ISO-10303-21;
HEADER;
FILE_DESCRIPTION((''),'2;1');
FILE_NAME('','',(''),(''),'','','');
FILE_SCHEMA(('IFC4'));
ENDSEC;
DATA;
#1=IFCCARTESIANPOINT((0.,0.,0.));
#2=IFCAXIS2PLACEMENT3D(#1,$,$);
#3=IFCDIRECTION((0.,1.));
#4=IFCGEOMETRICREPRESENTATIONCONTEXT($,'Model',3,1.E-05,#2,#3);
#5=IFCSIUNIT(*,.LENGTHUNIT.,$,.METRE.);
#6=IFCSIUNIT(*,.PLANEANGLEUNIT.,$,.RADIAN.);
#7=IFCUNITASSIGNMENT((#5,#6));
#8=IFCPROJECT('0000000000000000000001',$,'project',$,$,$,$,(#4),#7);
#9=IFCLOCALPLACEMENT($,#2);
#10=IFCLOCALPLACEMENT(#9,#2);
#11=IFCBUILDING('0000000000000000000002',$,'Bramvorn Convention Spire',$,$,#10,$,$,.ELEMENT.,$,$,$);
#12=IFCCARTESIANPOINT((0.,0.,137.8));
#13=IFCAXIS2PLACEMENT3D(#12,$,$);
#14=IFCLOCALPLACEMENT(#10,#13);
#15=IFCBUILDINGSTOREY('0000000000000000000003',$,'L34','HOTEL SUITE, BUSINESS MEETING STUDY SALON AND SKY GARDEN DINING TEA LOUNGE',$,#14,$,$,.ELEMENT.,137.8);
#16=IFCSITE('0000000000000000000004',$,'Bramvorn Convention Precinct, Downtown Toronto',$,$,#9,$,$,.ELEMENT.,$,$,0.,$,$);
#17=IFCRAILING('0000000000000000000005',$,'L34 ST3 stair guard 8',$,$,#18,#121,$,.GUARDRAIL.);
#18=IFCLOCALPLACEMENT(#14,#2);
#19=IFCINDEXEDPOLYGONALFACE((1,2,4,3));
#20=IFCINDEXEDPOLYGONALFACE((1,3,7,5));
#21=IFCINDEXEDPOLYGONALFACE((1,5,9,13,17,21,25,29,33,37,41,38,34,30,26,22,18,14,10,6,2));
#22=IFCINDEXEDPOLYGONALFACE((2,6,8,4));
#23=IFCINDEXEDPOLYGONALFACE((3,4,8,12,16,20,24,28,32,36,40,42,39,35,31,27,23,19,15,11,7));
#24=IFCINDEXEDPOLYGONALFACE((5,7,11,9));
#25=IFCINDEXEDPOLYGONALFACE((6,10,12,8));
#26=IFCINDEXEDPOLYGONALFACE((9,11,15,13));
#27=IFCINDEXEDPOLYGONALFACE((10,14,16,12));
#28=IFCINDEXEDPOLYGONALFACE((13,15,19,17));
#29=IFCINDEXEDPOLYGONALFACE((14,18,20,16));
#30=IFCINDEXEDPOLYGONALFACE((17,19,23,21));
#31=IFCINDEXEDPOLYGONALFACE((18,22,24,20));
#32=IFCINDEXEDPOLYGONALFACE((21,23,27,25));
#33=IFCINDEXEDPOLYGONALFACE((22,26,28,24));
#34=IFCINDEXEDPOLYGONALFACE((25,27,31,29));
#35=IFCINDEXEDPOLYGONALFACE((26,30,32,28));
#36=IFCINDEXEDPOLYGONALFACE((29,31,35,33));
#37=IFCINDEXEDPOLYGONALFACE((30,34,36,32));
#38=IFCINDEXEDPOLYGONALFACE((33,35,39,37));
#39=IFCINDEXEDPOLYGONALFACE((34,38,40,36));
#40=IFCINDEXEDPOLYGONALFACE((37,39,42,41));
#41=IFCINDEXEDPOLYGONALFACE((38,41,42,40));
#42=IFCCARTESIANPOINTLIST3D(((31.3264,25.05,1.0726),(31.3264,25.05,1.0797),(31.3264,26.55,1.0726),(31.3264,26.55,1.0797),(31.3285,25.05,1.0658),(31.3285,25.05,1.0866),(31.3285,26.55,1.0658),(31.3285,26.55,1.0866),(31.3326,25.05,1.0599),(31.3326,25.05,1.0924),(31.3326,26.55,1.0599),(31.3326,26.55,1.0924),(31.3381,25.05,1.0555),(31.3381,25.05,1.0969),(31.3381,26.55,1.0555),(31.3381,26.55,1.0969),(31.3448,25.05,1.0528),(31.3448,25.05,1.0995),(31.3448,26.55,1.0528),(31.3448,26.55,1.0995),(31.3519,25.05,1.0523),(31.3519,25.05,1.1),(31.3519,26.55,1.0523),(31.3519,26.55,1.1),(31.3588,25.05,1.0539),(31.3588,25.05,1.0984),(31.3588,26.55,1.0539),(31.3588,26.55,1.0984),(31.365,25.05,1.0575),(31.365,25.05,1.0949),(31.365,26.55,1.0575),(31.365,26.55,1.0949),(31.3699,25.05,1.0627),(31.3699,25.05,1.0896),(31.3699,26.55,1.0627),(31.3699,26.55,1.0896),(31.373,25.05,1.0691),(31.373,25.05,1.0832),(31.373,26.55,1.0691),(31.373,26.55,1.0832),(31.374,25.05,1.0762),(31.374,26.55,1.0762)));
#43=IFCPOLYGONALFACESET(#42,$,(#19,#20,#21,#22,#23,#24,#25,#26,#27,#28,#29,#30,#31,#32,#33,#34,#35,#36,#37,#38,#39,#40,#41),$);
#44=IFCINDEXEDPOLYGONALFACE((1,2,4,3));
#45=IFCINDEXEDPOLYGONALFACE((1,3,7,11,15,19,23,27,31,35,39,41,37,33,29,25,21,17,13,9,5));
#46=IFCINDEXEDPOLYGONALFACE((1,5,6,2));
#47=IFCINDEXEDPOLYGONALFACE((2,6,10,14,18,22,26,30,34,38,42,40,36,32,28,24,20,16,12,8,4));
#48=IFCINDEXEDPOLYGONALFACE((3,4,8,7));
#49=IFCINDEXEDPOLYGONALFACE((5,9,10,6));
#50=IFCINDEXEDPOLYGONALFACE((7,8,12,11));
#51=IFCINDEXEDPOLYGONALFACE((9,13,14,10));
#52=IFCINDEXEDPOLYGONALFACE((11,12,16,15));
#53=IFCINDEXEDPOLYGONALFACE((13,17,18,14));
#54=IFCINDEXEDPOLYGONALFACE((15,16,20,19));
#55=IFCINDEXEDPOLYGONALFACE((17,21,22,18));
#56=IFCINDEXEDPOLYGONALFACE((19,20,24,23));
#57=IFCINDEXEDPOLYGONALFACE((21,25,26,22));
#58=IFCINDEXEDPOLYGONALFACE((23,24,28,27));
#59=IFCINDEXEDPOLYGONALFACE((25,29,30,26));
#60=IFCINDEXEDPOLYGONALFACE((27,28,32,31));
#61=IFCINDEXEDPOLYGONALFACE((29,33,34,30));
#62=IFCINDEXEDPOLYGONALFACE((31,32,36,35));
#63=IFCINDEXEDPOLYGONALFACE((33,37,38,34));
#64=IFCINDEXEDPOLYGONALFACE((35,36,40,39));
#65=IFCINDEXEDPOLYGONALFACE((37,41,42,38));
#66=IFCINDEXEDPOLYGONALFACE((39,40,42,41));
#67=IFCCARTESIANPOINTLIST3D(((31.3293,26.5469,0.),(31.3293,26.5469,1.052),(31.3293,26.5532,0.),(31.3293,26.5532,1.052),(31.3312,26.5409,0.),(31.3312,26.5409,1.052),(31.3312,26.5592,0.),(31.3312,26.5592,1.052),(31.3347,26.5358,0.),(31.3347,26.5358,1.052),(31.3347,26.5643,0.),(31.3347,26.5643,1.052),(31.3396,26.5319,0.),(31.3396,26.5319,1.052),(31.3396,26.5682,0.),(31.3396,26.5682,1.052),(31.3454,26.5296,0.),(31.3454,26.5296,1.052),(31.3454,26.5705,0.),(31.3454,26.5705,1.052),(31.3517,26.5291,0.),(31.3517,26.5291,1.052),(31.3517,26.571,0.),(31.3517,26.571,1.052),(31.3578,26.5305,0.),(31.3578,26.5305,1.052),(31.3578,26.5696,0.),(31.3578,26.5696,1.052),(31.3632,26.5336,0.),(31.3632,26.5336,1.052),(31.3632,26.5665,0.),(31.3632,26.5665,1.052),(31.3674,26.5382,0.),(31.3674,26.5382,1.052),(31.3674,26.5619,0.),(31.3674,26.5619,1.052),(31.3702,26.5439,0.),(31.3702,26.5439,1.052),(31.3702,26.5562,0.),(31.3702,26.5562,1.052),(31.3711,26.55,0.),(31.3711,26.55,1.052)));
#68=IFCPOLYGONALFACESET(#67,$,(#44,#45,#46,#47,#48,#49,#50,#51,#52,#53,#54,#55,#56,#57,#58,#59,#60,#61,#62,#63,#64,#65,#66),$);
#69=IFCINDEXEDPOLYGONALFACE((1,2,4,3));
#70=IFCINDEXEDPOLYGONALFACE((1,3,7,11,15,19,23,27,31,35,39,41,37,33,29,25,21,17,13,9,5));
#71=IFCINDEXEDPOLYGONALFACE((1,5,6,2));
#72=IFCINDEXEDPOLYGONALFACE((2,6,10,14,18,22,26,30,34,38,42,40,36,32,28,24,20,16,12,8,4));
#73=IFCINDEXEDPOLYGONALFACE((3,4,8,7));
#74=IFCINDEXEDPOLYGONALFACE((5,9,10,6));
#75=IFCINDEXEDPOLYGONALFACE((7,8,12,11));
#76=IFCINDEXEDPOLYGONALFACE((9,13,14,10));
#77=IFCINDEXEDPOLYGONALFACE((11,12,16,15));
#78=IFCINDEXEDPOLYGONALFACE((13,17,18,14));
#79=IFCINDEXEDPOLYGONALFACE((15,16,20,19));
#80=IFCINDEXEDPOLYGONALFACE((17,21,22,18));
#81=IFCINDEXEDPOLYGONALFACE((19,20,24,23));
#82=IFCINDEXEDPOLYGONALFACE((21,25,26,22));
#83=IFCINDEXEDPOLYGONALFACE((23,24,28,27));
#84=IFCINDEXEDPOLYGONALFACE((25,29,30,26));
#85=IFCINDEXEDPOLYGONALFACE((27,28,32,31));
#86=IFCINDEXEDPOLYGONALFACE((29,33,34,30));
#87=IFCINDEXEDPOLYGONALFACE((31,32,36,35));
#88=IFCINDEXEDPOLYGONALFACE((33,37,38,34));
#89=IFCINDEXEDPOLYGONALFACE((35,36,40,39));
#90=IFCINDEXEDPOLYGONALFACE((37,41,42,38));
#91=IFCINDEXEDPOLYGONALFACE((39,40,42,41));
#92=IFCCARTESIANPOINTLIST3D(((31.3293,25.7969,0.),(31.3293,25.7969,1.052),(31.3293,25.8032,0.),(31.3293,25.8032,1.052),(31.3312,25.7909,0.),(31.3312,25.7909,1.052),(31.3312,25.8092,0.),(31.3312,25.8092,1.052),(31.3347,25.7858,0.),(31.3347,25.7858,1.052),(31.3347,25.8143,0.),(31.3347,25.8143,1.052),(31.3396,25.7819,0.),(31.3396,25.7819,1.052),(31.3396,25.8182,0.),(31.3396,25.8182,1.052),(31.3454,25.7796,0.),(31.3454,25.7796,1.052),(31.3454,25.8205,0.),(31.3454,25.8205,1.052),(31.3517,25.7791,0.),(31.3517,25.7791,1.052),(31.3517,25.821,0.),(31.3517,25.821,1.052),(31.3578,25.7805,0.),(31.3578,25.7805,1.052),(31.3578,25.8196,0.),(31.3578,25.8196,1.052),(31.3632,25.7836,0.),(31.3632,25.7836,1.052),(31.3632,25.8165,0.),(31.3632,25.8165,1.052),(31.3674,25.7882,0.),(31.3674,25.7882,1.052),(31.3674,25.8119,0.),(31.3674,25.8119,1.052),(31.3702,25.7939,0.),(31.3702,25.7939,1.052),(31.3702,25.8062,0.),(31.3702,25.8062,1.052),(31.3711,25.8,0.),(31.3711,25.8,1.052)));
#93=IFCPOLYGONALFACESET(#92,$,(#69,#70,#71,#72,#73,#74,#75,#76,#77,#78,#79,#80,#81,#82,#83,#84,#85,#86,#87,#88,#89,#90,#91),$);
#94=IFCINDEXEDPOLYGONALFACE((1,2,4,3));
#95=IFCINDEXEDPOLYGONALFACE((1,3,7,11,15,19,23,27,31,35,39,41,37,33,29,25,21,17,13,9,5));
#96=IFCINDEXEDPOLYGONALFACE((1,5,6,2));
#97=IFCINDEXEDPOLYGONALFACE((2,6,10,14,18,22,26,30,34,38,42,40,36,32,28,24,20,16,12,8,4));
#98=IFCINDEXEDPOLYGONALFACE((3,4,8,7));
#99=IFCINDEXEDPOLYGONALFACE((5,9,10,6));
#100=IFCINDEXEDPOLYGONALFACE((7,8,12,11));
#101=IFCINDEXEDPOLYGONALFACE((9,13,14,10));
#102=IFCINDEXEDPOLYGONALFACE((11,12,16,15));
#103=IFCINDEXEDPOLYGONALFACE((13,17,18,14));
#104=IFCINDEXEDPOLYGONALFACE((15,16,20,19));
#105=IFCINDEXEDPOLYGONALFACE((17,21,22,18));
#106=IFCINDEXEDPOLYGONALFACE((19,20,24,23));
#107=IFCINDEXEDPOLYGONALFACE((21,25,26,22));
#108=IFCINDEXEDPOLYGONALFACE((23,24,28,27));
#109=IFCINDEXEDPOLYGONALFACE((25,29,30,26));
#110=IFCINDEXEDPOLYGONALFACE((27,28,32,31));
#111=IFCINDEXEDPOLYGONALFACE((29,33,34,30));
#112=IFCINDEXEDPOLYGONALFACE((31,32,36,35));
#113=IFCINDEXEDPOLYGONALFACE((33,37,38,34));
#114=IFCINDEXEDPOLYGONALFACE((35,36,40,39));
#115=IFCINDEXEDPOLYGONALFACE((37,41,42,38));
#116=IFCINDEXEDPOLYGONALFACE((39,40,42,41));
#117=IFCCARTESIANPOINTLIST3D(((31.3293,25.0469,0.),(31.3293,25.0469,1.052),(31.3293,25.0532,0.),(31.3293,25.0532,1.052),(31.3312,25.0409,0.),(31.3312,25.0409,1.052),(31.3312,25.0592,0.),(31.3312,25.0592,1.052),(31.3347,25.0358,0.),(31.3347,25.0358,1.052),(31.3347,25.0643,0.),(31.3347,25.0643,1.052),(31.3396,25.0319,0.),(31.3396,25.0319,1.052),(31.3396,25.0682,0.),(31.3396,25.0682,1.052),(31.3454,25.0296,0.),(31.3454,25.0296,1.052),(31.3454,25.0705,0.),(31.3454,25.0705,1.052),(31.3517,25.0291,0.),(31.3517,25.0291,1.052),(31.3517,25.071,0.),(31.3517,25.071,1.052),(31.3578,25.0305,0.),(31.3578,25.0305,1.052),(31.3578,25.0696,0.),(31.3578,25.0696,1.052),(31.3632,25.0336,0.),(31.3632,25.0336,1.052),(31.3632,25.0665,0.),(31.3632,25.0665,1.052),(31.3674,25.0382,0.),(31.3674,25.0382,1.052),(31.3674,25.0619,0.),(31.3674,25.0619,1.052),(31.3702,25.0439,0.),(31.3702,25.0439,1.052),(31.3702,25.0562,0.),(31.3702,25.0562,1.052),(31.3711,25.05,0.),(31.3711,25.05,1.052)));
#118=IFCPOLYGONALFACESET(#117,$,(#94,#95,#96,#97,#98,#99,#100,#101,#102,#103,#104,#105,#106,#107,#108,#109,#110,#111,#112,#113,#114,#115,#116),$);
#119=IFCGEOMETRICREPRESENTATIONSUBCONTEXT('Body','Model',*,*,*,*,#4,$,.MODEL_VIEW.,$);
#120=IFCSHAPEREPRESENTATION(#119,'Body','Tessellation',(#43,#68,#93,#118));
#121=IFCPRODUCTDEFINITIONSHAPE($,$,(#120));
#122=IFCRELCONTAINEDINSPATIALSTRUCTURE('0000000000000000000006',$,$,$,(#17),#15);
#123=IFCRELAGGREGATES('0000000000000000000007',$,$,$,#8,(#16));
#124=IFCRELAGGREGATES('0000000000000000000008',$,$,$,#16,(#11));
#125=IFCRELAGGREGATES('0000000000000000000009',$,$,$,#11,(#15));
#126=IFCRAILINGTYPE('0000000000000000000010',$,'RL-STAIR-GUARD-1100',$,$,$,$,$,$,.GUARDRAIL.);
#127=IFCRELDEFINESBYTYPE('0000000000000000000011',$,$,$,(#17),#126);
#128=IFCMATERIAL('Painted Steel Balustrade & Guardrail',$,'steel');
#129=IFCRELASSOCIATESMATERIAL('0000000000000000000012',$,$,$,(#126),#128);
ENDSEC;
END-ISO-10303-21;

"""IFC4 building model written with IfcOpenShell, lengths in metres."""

from ifc_helpers import new_model, si_unit, direction, frame, origin, origin_2d, place, context, subcontext, project, spatial, circle, extrude, material, type_object, element, save


model = new_model("IFC4")

# Units and contexts
model_context = context("Model", 3, precision=1e-05, world=origin(), true_north=direction((0.0, 1.0)))
body_context = subcontext(model_context, "Body", "Model", "MODEL_VIEW")
ifc_project = project(units=[si_unit("LENGTHUNIT", "METRE"), si_unit("PLANEANGLEUNIT", "RADIAN")], contexts=[model_context])

# Site, building, storey
site_placement = place(None, origin())
site = spatial("IfcSite", under=ifc_project, at=site_placement, Name="Bramvorn Convention Precinct, Downtown Toronto", CompositionType="ELEMENT", RefElevation=0.0)
building_placement = place(site_placement, origin())
building = spatial("IfcBuilding", under=site, at=building_placement, Name="Bramvorn Convention Spire", CompositionType="ELEMENT")
storey_placement = place(building_placement, frame((0.0, 0.0, 137.8)))
storey = spatial("IfcBuildingStorey", under=building, at=storey_placement, Name="L34", Description="HOTEL SUITE, BUSINESS MEETING STUDY SALON AND SKY GARDEN DINING TEA LOUNGE", CompositionType="ELEMENT", Elevation=137.8)

# Railing
ifc_material_1 = material(Name="Painted Steel Balustrade & Guardrail", Category="steel")
railing_type_1 = type_object("IfcRailingType", Name="RL-STAIR-GUARD-1100", PredefinedType="GUARDRAIL", material=ifc_material_1)
railing_1_placement = place(storey_placement, frame((31.3501, 26.55, 0.0)))
element("IfcRailing", 1, at=railing_1_placement, inside=storey, type_object=railing_type_1, Name="L34 ST3 stair guard 8", PredefinedType="GUARDRAIL", context=body_context, shape_type="SweptSolid", body=[
    extrude(circle(Radius=0.0239, at=origin_2d()), frame((0.0, 0.0, 1.0762), z_axis=(0.0, -1.0, 0.0), x_axis=(1.0, 0.0, 0.0)), (0.0, 0.0, 1.0), 1.5),
    extrude(circle(Radius=0.021, at=origin_2d()), origin(), (0.0, 0.0, 1.0), 1.052),
    extrude(circle(Radius=0.021, at=origin_2d()), frame((0.0, -0.75, 0.0)), (0.0, 0.0, 1.0), 1.052),
    extrude(circle(Radius=0.021, at=origin_2d()), frame((0.0, -1.5, 0.0)), (0.0, 0.0, 1.0), 1.052),
])

save(model, "model.ifc")
